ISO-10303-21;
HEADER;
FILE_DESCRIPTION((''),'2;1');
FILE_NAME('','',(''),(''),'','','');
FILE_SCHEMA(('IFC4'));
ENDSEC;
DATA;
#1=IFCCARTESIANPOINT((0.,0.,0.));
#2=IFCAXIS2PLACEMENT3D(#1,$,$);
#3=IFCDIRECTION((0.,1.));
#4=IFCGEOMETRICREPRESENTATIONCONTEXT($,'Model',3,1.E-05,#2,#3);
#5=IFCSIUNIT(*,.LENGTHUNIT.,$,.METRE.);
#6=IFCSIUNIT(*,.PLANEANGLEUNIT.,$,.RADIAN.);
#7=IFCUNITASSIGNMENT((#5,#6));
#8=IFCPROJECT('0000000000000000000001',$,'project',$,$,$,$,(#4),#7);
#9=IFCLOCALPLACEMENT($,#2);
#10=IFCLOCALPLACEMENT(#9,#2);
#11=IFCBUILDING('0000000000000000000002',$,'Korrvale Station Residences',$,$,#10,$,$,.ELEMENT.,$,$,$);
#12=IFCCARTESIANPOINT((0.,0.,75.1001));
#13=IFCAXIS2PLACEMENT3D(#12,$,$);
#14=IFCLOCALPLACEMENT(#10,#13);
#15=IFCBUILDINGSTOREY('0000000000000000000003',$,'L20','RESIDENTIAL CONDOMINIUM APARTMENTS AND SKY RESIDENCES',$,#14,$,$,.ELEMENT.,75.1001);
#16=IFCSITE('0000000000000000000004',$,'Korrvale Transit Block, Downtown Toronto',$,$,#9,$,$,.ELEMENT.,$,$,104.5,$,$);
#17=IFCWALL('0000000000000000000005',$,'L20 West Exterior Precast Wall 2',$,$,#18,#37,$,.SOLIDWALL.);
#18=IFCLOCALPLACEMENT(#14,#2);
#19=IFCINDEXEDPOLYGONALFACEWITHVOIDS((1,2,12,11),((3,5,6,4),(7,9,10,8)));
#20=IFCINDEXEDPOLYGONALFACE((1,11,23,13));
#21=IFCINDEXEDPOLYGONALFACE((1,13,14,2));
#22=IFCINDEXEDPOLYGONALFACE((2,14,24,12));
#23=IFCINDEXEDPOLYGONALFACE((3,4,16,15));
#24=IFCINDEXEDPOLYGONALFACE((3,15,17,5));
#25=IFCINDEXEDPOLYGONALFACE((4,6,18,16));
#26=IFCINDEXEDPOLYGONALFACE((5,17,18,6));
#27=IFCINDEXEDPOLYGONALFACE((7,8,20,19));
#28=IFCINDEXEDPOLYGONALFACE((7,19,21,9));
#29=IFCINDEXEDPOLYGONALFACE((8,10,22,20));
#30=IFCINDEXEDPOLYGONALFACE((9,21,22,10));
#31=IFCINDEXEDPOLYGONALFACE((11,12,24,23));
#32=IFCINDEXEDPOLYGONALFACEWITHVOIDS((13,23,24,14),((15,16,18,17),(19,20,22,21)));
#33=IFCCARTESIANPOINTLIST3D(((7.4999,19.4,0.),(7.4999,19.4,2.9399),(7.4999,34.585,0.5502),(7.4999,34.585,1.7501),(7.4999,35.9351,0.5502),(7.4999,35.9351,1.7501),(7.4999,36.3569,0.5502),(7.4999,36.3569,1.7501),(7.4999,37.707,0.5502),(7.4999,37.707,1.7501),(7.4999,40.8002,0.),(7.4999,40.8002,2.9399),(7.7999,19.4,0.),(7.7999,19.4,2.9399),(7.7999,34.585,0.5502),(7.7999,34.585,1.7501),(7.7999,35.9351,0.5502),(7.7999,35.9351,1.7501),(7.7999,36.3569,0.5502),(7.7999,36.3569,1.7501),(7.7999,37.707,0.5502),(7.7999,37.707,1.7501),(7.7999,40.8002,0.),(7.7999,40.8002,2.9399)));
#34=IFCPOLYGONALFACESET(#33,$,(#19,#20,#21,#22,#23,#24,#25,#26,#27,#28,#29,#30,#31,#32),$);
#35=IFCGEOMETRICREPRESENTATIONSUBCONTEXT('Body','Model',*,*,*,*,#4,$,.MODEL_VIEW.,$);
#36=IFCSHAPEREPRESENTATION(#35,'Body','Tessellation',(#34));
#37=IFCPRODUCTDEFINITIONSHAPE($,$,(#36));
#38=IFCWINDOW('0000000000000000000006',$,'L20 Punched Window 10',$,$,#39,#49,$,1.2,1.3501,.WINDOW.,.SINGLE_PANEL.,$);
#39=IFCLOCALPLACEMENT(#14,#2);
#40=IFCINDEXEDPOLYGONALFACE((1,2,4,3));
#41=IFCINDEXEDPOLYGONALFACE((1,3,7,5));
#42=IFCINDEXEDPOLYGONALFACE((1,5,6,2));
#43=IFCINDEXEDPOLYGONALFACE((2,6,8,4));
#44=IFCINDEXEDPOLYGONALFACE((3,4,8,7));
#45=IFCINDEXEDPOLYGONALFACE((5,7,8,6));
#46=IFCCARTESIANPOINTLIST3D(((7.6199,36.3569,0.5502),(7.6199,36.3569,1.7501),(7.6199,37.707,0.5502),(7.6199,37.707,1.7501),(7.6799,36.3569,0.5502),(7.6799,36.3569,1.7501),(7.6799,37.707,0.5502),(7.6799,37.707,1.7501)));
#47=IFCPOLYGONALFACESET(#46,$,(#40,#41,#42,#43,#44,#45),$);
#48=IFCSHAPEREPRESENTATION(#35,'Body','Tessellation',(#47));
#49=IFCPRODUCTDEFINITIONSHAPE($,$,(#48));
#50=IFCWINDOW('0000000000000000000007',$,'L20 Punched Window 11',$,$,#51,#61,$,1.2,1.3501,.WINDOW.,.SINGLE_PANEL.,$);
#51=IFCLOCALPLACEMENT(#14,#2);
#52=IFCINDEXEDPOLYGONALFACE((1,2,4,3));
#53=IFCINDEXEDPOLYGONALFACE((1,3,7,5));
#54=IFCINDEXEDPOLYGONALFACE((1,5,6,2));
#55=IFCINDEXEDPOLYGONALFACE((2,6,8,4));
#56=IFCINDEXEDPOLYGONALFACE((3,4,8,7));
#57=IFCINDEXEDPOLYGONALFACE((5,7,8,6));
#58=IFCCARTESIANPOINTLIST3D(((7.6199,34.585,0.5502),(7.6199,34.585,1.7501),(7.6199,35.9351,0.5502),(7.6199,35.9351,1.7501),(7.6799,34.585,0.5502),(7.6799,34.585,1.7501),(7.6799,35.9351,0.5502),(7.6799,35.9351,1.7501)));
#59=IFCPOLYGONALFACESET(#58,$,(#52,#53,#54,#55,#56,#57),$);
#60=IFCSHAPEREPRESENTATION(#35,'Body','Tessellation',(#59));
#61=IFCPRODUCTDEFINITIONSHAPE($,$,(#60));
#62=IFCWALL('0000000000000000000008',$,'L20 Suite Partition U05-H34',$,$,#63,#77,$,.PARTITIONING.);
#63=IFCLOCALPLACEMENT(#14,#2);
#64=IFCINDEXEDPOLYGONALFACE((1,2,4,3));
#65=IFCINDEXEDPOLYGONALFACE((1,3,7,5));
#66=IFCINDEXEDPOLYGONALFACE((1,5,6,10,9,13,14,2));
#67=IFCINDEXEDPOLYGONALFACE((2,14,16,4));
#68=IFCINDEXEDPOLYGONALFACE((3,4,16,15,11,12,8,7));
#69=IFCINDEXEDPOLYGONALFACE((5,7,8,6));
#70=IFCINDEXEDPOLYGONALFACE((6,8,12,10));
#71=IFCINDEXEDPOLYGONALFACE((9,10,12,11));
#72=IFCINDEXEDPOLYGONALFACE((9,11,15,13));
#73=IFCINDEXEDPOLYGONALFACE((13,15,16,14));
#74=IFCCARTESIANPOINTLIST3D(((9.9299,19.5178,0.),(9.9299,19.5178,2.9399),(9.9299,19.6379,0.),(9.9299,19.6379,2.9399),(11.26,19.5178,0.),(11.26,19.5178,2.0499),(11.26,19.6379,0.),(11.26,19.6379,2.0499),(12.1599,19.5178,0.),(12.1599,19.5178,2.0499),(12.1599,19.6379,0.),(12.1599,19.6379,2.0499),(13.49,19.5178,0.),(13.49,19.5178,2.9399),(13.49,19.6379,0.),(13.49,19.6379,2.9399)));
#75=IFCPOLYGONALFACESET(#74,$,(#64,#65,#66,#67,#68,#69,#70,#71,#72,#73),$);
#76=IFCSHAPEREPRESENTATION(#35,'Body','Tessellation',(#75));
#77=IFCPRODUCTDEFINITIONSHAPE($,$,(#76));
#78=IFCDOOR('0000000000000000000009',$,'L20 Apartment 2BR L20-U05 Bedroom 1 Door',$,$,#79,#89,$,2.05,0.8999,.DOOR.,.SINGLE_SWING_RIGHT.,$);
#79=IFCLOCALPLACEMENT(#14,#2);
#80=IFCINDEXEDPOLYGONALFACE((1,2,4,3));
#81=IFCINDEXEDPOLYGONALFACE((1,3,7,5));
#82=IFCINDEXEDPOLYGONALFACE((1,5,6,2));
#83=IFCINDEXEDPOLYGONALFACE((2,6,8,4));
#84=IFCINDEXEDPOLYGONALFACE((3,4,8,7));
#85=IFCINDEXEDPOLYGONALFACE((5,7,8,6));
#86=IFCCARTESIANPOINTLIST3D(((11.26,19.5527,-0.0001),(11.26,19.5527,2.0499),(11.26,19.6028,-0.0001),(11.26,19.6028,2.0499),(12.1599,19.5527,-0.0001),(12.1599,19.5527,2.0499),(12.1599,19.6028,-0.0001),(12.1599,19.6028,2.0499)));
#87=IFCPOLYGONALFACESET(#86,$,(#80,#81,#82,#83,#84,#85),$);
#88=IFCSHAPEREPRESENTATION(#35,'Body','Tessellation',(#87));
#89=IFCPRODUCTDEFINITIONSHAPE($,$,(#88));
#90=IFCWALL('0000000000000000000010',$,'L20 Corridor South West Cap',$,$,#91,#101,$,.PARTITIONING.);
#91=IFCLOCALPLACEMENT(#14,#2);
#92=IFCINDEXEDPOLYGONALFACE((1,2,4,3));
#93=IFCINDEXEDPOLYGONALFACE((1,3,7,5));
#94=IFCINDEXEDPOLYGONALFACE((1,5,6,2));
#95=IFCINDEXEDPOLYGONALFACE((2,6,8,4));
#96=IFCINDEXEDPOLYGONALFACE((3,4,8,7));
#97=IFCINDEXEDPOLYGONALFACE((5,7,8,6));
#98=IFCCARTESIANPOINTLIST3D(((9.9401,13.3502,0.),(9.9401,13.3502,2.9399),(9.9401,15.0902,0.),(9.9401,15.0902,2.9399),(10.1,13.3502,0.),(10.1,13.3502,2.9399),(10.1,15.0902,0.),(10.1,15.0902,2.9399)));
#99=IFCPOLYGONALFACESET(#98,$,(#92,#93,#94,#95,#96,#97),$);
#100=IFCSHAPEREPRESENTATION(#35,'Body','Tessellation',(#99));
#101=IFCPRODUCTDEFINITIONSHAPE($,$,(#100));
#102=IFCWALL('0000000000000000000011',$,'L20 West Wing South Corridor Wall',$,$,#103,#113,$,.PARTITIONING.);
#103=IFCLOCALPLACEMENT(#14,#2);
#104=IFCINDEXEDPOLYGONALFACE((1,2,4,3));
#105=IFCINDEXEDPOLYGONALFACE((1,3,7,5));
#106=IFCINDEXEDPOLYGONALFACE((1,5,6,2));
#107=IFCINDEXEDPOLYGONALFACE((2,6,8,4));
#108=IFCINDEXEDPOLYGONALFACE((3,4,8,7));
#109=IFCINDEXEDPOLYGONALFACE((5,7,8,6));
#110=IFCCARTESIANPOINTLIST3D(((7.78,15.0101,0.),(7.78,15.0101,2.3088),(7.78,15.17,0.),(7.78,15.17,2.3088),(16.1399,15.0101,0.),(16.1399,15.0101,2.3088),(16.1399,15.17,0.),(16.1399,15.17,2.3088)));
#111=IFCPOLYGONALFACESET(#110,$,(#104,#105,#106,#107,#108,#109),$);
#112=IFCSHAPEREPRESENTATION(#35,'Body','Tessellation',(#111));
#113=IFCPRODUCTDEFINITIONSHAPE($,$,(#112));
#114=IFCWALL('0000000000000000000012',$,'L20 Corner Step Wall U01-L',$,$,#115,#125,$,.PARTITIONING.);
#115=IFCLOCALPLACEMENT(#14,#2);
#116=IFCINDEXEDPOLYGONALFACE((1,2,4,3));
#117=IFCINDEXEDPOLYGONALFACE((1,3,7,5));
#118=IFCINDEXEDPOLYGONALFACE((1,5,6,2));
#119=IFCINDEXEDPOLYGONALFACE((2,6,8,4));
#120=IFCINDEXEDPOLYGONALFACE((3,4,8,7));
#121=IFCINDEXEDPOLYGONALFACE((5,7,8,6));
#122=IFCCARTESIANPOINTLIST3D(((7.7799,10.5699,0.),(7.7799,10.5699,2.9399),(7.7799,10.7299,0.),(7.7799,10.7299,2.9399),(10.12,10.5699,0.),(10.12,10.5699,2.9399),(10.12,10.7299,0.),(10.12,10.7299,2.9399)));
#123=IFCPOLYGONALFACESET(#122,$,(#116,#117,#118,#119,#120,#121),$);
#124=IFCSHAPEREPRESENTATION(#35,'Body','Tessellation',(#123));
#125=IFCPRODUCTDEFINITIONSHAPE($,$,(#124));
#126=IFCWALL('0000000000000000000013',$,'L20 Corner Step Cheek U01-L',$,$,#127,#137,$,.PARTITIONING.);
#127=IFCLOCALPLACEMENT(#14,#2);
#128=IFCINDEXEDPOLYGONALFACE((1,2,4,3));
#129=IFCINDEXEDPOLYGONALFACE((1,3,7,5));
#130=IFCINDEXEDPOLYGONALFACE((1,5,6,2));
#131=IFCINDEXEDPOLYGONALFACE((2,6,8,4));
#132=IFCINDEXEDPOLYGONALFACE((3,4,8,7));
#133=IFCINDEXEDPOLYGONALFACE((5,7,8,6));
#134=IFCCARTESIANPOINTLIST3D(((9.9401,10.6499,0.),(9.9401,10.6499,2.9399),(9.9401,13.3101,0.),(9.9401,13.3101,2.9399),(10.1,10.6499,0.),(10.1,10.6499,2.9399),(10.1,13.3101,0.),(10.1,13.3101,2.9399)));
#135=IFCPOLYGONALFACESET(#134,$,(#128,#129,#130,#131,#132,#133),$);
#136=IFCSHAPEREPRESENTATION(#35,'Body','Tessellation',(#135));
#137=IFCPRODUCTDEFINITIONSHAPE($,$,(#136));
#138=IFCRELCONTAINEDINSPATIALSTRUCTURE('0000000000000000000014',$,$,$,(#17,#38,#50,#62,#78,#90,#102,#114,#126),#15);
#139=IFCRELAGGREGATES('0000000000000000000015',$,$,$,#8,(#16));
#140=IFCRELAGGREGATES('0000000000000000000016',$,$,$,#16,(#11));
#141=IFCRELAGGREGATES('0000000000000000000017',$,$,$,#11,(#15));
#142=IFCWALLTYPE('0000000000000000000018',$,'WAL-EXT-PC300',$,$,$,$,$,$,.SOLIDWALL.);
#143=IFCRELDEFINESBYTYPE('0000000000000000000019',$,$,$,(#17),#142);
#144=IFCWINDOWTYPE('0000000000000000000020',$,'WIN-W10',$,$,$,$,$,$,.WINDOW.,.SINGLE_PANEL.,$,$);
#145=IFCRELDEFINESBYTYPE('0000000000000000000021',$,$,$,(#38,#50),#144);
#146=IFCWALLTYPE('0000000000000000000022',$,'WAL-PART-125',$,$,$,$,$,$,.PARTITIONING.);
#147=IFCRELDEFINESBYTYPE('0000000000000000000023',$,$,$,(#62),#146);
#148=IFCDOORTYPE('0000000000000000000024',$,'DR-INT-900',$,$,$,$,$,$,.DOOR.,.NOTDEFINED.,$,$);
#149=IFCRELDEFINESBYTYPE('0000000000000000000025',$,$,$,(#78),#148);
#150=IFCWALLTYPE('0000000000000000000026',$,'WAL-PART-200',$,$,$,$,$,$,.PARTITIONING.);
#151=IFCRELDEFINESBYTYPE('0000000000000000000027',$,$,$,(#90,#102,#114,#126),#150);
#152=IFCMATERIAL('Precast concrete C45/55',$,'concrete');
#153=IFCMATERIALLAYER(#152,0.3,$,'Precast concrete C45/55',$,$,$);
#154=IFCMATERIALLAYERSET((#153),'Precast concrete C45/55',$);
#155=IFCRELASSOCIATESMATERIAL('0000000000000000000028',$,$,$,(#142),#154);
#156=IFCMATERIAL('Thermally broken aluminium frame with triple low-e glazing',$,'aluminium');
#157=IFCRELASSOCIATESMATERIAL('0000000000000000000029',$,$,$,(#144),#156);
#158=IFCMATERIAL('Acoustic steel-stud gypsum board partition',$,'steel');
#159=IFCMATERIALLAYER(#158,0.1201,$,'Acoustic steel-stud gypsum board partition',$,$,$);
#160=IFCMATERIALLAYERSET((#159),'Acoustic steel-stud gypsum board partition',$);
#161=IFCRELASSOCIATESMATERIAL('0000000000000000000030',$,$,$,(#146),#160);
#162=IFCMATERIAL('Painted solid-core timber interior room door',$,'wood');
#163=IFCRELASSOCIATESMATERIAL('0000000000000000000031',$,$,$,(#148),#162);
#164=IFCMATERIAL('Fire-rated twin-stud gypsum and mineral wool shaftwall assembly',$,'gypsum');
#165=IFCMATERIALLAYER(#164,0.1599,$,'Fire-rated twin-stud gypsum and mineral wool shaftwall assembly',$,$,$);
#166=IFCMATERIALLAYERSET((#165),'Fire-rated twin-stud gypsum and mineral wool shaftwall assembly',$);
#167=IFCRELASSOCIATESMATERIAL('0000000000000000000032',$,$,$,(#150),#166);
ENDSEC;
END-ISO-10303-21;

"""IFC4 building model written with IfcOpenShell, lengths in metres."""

from ifc_helpers import new_model, si_unit, direction, frame, frame_2d, origin, place, context, subcontext, project, spatial, rectangle, extrude, material, layer, layer_set, type_object, element, fill, save


model = new_model("IFC4")

# Units and contexts
model_context = context("Model", 3, precision=1e-05, world=origin(), true_north=direction((0.0, 1.0)))
body_context = subcontext(model_context, "Body", "Model", "MODEL_VIEW")
ifc_project = project(units=[si_unit("LENGTHUNIT", "METRE"), si_unit("PLANEANGLEUNIT", "RADIAN")], contexts=[model_context])

# Site, building, storey
site_placement = place(None, origin())
site = spatial("IfcSite", under=ifc_project, at=site_placement, Name="Korrvale Transit Block, Downtown Toronto", CompositionType="ELEMENT", RefElevation=104.5)
building_placement = place(site_placement, origin())
building = spatial("IfcBuilding", under=site, at=building_placement, Name="Korrvale Station Residences", CompositionType="ELEMENT")
storey_placement = place(building_placement, frame((0.0, 0.0, 75.1001)))
storey = spatial("IfcBuildingStorey", under=building, at=storey_placement, Name="L20", Description="RESIDENTIAL CONDOMINIUM APARTMENTS AND SKY RESIDENCES", CompositionType="ELEMENT", Elevation=75.1001)

# Shared definitions
ifc_material_1 = material(Name="Precast concrete C45/55", Category="concrete")

# Shared definitions
ifc_material_2 = material(Name="Thermally broken aluminium frame with triple low-e glazing", Category="aluminium")

# Wall, openings, windows
ifc_layer_1 = layer(ifc_material_1, 0.3, Name="Precast concrete C45/55")
ifc_layer_set_1 = layer_set([ifc_layer_1], Name="Precast concrete C45/55")
wall_type_1 = type_object("IfcWallType", Name="WAL-EXT-PC300", PredefinedType="SOLIDWALL", material=ifc_layer_set_1)
wall_1_placement = place(storey_placement, frame((7.6499, 19.3999, 0.0), z_axis=(0.0, 0.0, 1.0), x_axis=(0.0, 1.0, 0.0)))
wall_1 = element("IfcWall", 1, at=wall_1_placement, inside=storey, type_object=wall_type_1, Name="L20 West Exterior Precast Wall 2", PredefinedType="SOLIDWALL", context=body_context, shape_type="SweptSolid", body=[
    extrude(rectangle(XDim=21.4001, YDim=0.3, at=frame_2d((10.7002, 0.0))), origin(), (0.0, 0.0, 1.0), 2.9399),
])
opening_1_placement = place(wall_1_placement, frame((16.957, 0.0, 0.55)))
opening_1 = element("IfcOpeningElement", 2, at=opening_1_placement, cuts=wall_1, PredefinedType="OPENING", context=body_context, shape_type="SweptSolid", body=[
    extrude(rectangle(XDim=1.3501, YDim=1.2, at=frame_2d((0.675, 0.6001))), frame((0.0, 0.1602, 0.0), z_axis=(0.0, -1.0, 0.0), x_axis=(1.0, 0.0, 0.0)), (0.0, 0.0, 1.0), 0.3201),
])
opening_2_placement = place(wall_1_placement, frame((15.1851, 0.0, 0.55)))
opening_2 = element("IfcOpeningElement", 3, at=opening_2_placement, cuts=wall_1, PredefinedType="OPENING", context=body_context, shape_type="SweptSolid", body=[
    extrude(rectangle(XDim=1.3501, YDim=1.2, at=frame_2d((0.675, 0.6001))), frame((0.0, 0.1602, 0.0), z_axis=(0.0, -1.0, 0.0), x_axis=(1.0, 0.0, 0.0)), (0.0, 0.0, 1.0), 0.3201),
])
window_type_1 = type_object("IfcWindowType", Name="WIN-W10", PartitioningType="SINGLE_PANEL", PredefinedType="WINDOW", material=ifc_material_2)
window_1_placement = place(opening_1_placement, origin())
window_1 = element("IfcWindow", 4, at=window_1_placement, inside=storey, type_object=window_type_1, Name="L20 Punched Window 10", OverallHeight=1.2, OverallWidth=1.3501, PartitioningType="SINGLE_PANEL", PredefinedType="WINDOW", context=body_context, shape_type="SweptSolid", body=[
    extrude(rectangle(XDim=1.3501, YDim=1.2, at=frame_2d((0.675, 0.6001))), frame((0.0, 0.03, 0.0), z_axis=(0.0, -1.0, 0.0), x_axis=(1.0, 0.0, 0.0)), (0.0, 0.0, 1.0), 0.0601),
])
fill(opening_1, window_1)
window_2_placement = place(opening_2_placement, origin())
window_2 = element("IfcWindow", 5, at=window_2_placement, inside=storey, type_object=window_type_1, Name="L20 Punched Window 11", OverallHeight=1.2, OverallWidth=1.3501, PartitioningType="SINGLE_PANEL", PredefinedType="WINDOW", context=body_context, shape_type="SweptSolid", body=[
    extrude(rectangle(XDim=1.3501, YDim=1.2, at=frame_2d((0.675, 0.6001))), frame((0.0, 0.03, 0.0), z_axis=(0.0, -1.0, 0.0), x_axis=(1.0, 0.0, 0.0)), (0.0, 0.0, 1.0), 0.0601),
])
fill(opening_2, window_2)

# Wall, opening, door
ifc_material_3 = material(Name="Acoustic steel-stud gypsum board partition", Category="steel")
ifc_layer_2 = layer(ifc_material_3, 0.1201, Name="Acoustic steel-stud gypsum board partition")
ifc_layer_set_2 = layer_set([ifc_layer_2], Name="Acoustic steel-stud gypsum board partition")
wall_type_2 = type_object("IfcWallType", Name="WAL-PART-125", PredefinedType="PARTITIONING", material=ifc_layer_set_2)
wall_2_placement = place(storey_placement, frame((9.9299, 19.5779, 0.0), z_axis=(0.0, 0.0, 1.0), x_axis=(1.0, 0.0, 0.0)))
wall_2 = element("IfcWall", 6, at=wall_2_placement, inside=storey, type_object=wall_type_2, Name="L20 Suite Partition U05-H34", PredefinedType="PARTITIONING", context=body_context, shape_type="SweptSolid", body=[
    extrude(rectangle(XDim=3.5601, YDim=0.1201, at=frame_2d((1.78, 0.0))), origin(), (0.0, 0.0, 1.0), 2.9399),
])
opening_3_placement = place(wall_2_placement, frame((1.3301, 0.0, 0.0)))
opening_3 = element("IfcOpeningElement", 7, at=opening_3_placement, cuts=wall_2, PredefinedType="OPENING", context=body_context, shape_type="SweptSolid", body=[
    extrude(rectangle(XDim=0.8999, YDim=2.05, at=frame_2d((0.45, 1.0249))), frame((0.0, 0.0701, 0.0), z_axis=(0.0, -1.0, 0.0), x_axis=(1.0, 0.0, 0.0)), (0.0, 0.0, 1.0), 0.1401),
])
ifc_material_4 = material(Name="Painted solid-core timber interior room door", Category="wood")
door_type_1 = type_object("IfcDoorType", Name="DR-INT-900", OperationType="NOTDEFINED", PredefinedType="DOOR", material=ifc_material_4)
door_1_placement = place(opening_3_placement, origin())
door_1 = element("IfcDoor", 8, at=door_1_placement, inside=storey, type_object=door_type_1, Name="L20 Apartment 2BR L20-U05 Bedroom 1 Door", OperationType="SINGLE_SWING_RIGHT", OverallHeight=2.05, OverallWidth=0.8999, PredefinedType="DOOR", context=body_context, shape_type="SweptSolid", body=[
    extrude(rectangle(XDim=0.8999, YDim=2.05, at=frame_2d((0.45, 1.0249))), frame((0.0, 0.0249, 0.0), z_axis=(0.0, -1.0, 0.0), x_axis=(1.0, 0.0, 0.0)), (0.0, 0.0, 1.0), 0.05),
])
fill(opening_3, door_1)

# Walls
ifc_material_5 = material(Name="Fire-rated twin-stud gypsum and mineral wool shaftwall assembly", Category="gypsum")
ifc_layer_3 = layer(ifc_material_5, 0.1599, Name="Fire-rated twin-stud gypsum and mineral wool shaftwall assembly")
ifc_layer_set_3 = layer_set([ifc_layer_3], Name="Fire-rated twin-stud gypsum and mineral wool shaftwall assembly")
wall_type_3 = type_object("IfcWallType", Name="WAL-PART-200", PredefinedType="PARTITIONING", material=ifc_layer_set_3)
wall_3_placement = place(storey_placement, frame((10.02, 13.3501, 0.0), z_axis=(0.0, 0.0, 1.0), x_axis=(0.0, 1.0, 0.0)))
element("IfcWall", 9, at=wall_3_placement, inside=storey, type_object=wall_type_3, Name="L20 Corridor South West Cap", PredefinedType="PARTITIONING", context=body_context, shape_type="SweptSolid", body=[
    extrude(rectangle(XDim=1.74, YDim=0.1599, at=frame_2d((0.8701, 0.0))), origin(), (0.0, 0.0, 1.0), 2.9399),
])
wall_4_placement = place(storey_placement, frame((7.78, 15.0901, 0.0), z_axis=(0.0, 0.0, 1.0), x_axis=(1.0, 0.0, 0.0)))
element("IfcWall", 10, at=wall_4_placement, inside=storey, type_object=wall_type_3, Name="L20 West Wing South Corridor Wall", PredefinedType="PARTITIONING", context=body_context, shape_type="SweptSolid", body=[
    extrude(rectangle(XDim=8.3599, YDim=0.1599, at=frame_2d((4.1799, 0.0))), origin(), (0.0, 0.0, 1.0), 2.3088),
])
wall_5_placement = place(storey_placement, frame((7.78, 10.6499, 0.0), z_axis=(0.0, 0.0, 1.0), x_axis=(1.0, 0.0, 0.0)))
element("IfcWall", 11, at=wall_5_placement, inside=storey, type_object=wall_type_3, Name="L20 Corner Step Wall U01-L", PredefinedType="PARTITIONING", context=body_context, shape_type="SweptSolid", body=[
    extrude(rectangle(XDim=2.3401, YDim=0.1599, at=frame_2d((1.1699, 0.0))), origin(), (0.0, 0.0, 1.0), 2.9399),
])
wall_6_placement = place(storey_placement, frame((10.02, 10.6499, 0.0), z_axis=(0.0, 0.0, 1.0), x_axis=(0.0, 1.0, 0.0)))
element("IfcWall", 12, at=wall_6_placement, inside=storey, type_object=wall_type_3, Name="L20 Corner Step Cheek U01-L", PredefinedType="PARTITIONING", context=body_context, shape_type="SweptSolid", body=[
    extrude(rectangle(XDim=2.6602, YDim=0.1599, at=frame_2d((1.3301, 0.0))), origin(), (0.0, 0.0, 1.0), 2.9399),
])

save(model, "model.ifc")
